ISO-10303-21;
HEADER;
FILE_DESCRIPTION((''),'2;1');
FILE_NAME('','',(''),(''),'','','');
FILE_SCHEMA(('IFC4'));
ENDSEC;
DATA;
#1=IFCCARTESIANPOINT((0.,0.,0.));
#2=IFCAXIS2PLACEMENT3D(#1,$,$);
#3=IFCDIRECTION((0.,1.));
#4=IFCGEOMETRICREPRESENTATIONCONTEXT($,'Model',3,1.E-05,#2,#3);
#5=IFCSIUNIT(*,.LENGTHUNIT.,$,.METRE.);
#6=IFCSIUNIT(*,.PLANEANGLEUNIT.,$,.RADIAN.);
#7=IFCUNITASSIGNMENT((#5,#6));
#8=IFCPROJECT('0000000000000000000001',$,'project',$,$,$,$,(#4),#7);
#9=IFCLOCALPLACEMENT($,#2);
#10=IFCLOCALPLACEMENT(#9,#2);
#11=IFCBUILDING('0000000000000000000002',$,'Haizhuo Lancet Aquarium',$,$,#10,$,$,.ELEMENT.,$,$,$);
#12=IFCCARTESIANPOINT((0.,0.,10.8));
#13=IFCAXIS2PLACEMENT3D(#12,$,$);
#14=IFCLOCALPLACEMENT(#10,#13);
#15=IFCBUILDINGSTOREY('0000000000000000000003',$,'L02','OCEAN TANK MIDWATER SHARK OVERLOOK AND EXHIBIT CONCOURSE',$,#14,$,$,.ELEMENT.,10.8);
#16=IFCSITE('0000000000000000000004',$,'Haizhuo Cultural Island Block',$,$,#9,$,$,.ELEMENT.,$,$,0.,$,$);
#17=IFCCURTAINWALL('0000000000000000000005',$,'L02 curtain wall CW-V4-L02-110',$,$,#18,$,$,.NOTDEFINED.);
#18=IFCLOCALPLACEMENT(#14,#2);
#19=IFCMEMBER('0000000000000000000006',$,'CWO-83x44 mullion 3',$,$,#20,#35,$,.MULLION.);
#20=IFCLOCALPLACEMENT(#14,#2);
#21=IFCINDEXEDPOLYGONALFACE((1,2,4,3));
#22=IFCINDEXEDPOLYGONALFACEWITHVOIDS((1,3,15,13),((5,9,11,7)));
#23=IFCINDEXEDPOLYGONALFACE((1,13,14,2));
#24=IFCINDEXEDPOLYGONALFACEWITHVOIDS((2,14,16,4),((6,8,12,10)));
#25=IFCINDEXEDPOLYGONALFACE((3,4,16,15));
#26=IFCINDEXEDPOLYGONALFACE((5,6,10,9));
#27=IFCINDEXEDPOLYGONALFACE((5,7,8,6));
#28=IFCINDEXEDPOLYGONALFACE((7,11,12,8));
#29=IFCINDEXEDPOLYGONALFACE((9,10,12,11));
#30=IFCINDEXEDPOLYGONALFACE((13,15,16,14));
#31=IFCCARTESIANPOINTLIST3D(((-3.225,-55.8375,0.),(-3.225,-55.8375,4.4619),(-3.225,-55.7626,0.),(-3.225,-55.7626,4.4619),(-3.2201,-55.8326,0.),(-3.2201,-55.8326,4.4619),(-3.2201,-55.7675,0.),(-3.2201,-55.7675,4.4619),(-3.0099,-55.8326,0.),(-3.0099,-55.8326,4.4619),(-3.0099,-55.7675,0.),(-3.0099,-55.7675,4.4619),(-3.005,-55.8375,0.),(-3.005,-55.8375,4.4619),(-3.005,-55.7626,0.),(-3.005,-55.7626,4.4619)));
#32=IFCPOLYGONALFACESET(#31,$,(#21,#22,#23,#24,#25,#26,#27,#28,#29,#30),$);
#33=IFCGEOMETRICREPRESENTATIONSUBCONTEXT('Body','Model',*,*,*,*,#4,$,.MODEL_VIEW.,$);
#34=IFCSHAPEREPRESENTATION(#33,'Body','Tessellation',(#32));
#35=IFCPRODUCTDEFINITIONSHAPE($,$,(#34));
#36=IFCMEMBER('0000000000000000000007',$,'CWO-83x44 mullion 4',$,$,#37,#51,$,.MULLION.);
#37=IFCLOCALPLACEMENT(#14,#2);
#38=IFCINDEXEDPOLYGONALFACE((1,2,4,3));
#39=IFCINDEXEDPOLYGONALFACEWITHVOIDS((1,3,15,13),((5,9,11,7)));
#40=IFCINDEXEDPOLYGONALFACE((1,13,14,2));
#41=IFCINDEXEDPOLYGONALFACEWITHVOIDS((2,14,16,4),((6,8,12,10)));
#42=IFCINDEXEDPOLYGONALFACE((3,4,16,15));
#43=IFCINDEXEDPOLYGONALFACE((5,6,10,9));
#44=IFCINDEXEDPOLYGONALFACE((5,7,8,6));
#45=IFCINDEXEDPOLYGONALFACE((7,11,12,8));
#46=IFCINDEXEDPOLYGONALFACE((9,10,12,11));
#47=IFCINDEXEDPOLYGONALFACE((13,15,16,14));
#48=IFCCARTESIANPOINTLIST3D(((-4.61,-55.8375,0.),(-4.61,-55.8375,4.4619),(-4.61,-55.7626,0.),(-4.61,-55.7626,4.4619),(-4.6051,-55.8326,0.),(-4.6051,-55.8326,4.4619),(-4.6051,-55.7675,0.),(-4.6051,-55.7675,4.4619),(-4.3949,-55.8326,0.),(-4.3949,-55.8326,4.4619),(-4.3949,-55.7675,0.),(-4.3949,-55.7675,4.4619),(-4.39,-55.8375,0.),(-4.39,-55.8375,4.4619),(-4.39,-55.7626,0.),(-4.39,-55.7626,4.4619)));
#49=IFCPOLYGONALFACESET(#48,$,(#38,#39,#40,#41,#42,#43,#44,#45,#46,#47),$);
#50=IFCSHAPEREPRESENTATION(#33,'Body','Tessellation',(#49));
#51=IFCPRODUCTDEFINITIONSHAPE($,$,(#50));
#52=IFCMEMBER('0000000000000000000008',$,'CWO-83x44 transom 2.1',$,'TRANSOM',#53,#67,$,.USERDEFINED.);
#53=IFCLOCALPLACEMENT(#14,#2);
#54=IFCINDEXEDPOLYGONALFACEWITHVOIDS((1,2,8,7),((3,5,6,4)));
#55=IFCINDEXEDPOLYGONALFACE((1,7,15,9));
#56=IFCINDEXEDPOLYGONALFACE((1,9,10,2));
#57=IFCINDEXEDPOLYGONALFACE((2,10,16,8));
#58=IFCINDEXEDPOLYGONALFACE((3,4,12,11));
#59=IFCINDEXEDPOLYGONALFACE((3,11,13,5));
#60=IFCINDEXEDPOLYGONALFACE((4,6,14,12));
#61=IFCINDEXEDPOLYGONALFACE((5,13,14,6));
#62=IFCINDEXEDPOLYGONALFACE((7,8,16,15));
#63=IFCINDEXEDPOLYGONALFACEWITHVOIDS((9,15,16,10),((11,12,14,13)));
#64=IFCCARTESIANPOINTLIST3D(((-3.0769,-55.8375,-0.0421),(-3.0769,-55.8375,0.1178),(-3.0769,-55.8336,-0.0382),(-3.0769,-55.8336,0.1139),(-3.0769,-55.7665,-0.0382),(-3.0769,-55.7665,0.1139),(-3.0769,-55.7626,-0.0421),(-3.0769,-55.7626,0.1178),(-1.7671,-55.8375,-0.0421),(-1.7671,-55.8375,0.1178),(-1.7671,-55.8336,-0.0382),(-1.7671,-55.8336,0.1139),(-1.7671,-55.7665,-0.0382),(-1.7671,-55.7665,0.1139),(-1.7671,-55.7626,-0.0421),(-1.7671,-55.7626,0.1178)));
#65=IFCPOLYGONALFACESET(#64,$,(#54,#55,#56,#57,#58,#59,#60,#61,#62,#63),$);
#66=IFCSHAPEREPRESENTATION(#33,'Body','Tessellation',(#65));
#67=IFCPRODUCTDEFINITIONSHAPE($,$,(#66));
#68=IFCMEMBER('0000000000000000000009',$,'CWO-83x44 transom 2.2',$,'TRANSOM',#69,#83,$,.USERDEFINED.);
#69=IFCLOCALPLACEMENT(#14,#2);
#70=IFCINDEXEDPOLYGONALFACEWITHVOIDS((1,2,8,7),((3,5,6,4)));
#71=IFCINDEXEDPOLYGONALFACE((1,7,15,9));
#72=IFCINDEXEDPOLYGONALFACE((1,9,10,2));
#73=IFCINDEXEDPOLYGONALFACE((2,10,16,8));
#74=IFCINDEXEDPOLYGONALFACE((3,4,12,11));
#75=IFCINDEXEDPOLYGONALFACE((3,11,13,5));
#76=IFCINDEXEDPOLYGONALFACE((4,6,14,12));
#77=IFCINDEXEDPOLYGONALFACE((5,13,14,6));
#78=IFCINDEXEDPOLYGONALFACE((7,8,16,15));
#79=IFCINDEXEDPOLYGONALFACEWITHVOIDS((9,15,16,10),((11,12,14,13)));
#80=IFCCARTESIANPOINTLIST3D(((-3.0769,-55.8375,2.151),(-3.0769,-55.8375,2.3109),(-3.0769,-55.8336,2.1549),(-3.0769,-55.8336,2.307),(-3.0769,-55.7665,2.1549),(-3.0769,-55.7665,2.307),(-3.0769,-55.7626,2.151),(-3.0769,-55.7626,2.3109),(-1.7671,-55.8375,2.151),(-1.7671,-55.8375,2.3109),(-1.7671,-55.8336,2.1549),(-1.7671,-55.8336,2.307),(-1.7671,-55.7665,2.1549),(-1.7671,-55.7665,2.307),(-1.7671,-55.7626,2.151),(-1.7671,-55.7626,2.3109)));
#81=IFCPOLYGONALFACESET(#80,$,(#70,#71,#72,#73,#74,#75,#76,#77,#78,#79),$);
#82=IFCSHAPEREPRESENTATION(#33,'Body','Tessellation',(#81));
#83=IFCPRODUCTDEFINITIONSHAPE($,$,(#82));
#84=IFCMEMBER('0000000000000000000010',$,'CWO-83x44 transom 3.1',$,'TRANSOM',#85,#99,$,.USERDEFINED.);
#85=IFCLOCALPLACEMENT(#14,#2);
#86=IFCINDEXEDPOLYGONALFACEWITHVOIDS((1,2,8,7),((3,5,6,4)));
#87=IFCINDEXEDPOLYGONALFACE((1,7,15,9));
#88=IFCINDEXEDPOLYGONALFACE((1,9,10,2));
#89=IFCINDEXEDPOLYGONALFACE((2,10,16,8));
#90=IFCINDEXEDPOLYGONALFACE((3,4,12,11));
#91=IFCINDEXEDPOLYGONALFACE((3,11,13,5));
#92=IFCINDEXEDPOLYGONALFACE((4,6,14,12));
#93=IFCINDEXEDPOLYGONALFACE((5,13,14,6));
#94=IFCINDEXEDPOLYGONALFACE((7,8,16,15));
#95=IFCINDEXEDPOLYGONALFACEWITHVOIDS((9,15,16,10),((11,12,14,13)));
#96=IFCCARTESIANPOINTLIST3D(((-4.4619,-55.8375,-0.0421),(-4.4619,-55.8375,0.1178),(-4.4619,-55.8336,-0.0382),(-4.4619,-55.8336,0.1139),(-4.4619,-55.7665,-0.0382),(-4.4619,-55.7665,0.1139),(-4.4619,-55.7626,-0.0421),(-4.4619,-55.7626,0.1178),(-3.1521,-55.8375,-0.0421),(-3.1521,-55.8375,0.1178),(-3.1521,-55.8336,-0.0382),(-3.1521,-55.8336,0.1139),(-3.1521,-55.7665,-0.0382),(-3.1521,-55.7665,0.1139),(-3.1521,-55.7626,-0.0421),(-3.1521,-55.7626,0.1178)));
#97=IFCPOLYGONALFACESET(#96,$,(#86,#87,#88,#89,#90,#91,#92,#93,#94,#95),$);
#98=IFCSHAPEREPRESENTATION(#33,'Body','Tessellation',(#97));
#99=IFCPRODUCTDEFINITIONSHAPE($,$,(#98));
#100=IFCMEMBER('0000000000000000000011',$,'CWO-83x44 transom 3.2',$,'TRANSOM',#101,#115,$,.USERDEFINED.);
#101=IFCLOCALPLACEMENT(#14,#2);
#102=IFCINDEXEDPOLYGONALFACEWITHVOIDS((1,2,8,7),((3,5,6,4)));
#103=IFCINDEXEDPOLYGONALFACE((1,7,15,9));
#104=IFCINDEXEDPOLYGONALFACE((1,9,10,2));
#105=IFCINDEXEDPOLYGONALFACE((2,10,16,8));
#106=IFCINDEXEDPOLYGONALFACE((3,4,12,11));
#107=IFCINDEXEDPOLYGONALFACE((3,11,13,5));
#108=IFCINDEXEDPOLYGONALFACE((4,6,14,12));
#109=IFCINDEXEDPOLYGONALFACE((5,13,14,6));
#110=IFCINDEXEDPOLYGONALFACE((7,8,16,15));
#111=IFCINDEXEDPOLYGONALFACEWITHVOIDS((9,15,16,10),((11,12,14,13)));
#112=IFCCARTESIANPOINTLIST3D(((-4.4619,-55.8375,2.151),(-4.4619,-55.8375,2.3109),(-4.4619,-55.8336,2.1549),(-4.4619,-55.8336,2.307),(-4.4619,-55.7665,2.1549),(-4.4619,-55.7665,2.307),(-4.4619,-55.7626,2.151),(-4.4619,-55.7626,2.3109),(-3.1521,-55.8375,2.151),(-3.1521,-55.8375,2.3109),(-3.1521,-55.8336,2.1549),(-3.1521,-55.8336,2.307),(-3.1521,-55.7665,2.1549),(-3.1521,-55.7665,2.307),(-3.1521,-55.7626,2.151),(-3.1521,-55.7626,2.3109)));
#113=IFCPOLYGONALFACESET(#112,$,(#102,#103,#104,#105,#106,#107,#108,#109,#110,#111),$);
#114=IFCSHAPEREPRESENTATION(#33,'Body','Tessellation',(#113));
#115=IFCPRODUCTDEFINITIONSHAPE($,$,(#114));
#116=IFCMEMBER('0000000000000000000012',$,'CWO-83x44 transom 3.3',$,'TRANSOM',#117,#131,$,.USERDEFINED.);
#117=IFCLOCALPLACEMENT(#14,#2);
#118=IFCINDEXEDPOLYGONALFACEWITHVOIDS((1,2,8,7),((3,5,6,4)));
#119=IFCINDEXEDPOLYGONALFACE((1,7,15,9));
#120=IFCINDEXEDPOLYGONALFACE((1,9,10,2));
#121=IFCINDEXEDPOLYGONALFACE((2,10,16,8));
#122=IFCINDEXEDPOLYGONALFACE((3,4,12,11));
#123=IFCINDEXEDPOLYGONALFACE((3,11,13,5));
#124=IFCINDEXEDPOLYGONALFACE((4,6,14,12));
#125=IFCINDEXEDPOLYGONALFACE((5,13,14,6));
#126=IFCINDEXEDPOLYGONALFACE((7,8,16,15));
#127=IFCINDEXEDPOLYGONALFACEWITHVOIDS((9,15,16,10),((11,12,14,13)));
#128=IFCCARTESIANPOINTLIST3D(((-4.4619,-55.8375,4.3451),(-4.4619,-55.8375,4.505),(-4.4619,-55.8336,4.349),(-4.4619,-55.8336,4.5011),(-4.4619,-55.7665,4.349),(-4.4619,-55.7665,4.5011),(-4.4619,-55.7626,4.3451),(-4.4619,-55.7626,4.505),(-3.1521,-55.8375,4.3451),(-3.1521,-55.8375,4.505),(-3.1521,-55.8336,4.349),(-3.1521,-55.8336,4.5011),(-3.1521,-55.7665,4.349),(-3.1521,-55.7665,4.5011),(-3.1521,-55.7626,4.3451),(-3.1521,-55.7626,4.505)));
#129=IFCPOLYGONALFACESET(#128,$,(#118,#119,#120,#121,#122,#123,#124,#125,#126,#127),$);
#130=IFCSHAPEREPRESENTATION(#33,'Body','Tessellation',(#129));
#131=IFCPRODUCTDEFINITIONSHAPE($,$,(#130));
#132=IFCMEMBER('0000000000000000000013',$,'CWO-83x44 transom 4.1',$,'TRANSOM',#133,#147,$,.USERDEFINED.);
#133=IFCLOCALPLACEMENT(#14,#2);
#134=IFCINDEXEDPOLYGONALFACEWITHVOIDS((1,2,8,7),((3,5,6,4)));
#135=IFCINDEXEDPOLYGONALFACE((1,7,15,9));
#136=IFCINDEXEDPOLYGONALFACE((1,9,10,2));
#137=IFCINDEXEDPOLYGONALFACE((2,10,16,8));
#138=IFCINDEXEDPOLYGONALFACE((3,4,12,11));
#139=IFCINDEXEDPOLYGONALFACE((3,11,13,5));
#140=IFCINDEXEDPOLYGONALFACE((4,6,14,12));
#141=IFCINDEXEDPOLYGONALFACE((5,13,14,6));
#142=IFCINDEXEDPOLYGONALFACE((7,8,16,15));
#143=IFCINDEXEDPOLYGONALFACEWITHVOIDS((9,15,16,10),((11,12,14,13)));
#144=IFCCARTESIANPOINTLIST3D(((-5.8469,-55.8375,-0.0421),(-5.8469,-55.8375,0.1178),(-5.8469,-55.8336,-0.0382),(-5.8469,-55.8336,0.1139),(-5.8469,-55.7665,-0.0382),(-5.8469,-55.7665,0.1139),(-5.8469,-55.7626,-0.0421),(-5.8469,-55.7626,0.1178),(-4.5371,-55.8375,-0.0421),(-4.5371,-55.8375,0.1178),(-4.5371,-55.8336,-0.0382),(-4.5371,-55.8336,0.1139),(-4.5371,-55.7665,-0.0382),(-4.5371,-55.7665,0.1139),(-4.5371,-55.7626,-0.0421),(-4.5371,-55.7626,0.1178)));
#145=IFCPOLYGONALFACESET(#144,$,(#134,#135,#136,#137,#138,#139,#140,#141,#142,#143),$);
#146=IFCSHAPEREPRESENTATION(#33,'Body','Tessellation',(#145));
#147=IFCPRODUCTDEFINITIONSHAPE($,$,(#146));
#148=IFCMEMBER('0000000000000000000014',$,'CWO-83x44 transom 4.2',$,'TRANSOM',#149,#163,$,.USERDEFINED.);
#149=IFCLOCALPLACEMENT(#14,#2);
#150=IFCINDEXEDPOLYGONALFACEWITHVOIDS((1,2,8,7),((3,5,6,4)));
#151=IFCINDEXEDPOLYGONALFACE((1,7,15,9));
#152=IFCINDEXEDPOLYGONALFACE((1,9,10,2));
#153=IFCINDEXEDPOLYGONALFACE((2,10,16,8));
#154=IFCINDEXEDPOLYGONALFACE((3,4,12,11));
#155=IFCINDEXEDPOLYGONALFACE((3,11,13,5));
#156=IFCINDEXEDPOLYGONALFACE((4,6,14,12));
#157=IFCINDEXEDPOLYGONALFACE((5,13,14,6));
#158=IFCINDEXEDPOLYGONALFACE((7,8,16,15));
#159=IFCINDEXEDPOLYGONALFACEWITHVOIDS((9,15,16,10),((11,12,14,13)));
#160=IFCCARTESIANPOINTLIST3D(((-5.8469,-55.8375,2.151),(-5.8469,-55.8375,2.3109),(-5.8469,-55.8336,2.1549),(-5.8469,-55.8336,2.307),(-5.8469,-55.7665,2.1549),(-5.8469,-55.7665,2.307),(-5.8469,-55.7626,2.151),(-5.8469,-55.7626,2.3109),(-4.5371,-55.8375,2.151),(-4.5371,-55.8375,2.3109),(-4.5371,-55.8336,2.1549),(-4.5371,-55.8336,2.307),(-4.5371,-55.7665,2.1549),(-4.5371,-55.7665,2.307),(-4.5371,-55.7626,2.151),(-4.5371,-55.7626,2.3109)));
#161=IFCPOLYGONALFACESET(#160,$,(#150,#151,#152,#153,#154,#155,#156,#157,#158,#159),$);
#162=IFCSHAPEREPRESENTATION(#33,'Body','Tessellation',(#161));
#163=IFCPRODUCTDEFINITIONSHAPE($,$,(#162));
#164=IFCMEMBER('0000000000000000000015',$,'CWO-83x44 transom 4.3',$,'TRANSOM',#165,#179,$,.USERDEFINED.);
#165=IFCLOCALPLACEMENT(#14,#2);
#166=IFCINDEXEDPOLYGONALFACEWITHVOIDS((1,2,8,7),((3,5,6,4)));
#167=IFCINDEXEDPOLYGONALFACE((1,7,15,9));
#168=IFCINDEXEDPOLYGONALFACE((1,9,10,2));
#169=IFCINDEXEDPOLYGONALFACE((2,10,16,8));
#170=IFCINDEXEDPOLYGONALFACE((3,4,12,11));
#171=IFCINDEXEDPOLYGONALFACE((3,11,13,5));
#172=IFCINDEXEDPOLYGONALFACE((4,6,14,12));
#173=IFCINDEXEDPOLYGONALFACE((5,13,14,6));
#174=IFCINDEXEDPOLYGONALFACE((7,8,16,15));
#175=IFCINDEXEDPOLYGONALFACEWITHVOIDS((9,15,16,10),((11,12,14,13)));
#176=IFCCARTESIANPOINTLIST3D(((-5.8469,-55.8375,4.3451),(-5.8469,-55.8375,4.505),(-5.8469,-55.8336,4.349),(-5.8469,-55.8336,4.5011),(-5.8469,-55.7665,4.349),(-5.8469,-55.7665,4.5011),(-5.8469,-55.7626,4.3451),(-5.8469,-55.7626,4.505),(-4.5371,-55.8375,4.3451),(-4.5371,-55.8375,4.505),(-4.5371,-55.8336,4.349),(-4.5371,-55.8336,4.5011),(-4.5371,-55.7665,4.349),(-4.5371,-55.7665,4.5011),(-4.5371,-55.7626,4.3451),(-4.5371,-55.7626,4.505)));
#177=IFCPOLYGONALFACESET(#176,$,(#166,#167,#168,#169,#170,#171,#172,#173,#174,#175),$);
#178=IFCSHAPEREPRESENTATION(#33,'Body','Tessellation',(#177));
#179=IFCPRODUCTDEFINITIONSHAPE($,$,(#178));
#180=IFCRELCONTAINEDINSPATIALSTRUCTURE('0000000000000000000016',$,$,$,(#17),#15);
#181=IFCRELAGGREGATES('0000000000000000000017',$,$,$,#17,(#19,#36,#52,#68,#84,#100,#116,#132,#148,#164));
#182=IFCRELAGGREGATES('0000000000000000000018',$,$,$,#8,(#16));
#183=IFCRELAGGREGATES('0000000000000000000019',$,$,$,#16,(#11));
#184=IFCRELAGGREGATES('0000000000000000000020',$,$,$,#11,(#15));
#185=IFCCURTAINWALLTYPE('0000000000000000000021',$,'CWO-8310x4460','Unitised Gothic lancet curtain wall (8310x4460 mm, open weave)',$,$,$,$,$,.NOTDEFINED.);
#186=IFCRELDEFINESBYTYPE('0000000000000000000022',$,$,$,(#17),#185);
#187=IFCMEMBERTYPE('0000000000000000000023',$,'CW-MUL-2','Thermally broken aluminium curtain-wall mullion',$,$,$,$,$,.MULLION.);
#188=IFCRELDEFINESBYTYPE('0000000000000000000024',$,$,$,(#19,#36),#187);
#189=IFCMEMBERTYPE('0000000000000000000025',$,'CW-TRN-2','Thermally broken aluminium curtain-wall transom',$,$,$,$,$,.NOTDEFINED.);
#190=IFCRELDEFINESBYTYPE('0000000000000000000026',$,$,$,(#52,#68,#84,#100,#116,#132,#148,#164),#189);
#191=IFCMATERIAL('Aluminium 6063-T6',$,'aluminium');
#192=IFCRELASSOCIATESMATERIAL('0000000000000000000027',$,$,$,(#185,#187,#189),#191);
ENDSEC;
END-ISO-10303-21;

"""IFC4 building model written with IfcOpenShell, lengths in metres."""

from ifc_helpers import new_model, si_unit, direction, frame, origin, origin_2d, place, context, subcontext, project, spatial, hollow_rectangle, extrude, material, material_profile, profile_set, type_object, element, aggregate, save


model = new_model("IFC4")

# Units and contexts
model_context = context("Model", 3, precision=1e-05, world=origin(), true_north=direction((0.0, 1.0)))
body_context = subcontext(model_context, "Body", "Model", "MODEL_VIEW")
ifc_project = project(units=[si_unit("LENGTHUNIT", "METRE"), si_unit("PLANEANGLEUNIT", "RADIAN")], contexts=[model_context])

# Site, building, storey
site_placement = place(None, origin())
site = spatial("IfcSite", under=ifc_project, at=site_placement, Name="Haizhuo Cultural Island Block", CompositionType="ELEMENT", RefElevation=0.0)
building_placement = place(site_placement, origin())
building = spatial("IfcBuilding", under=site, at=building_placement, Name="Haizhuo Lancet Aquarium", CompositionType="ELEMENT")
storey_placement = place(building_placement, frame((0.0, 0.0, 10.8)))
storey = spatial("IfcBuildingStorey", under=building, at=storey_placement, Name="L02", Description="OCEAN TANK MIDWATER SHARK OVERLOOK AND EXHIBIT CONCOURSE", CompositionType="ELEMENT", Elevation=10.8)

# Curtain wall, members
ifc_material_1 = material(Name="Aluminium 6063-T6", Category="aluminium")
curtain_wall_type = type_object("IfcCurtainWallType", Name="CWO-8310x4460", Description="Unitised Gothic lancet curtain wall (8310x4460 mm, open weave)", PredefinedType="NOTDEFINED", material=ifc_material_1)
curtain_wall_placement = place(storey_placement, origin())
curtain_wall = element("IfcCurtainWall", 1, at=curtain_wall_placement, inside=storey, type_object=curtain_wall_type, Name="L02 curtain wall CW-V4-L02-110", PredefinedType="NOTDEFINED")
ifc_material_profile_1 = material_profile(ifc_material_1, hollow_rectangle(XDim=0.075, YDim=0.22, WallThickness=0.0049, at=origin_2d()), Name="ALU-M 75x220x5")
ifc_profile_set_1 = profile_set([ifc_material_profile_1], Name="Aluminium 6063-T6")
member_type_1 = type_object("IfcMemberType", Name="CW-MUL-2", Description="Thermally broken aluminium curtain-wall mullion", PredefinedType="MULLION", material=ifc_profile_set_1)
member_1_placement = place(storey_placement, frame((-3.115, -55.8, 0.0), z_axis=(0.0, 0.0, 1.0), x_axis=(0.0, -1.0, 0.0)))
member_1 = element("IfcMember", 2, at=member_1_placement, type_object=member_type_1, Name="CWO-83x44 mullion 3", PredefinedType="MULLION", context=body_context, shape_type="SweptSolid", body=[
    extrude(hollow_rectangle(XDim=0.075, YDim=0.22, WallThickness=0.0049, at=origin_2d()), origin(), (0.0, 0.0, 1.0), 4.4619),
])
member_2_placement = place(storey_placement, frame((-4.5, -55.8, 0.0), z_axis=(0.0, 0.0, 1.0), x_axis=(0.0, -1.0, 0.0)))
member_2 = element("IfcMember", 3, at=member_2_placement, type_object=member_type_1, Name="CWO-83x44 mullion 4", PredefinedType="MULLION", context=body_context, shape_type="SweptSolid", body=[
    extrude(hollow_rectangle(XDim=0.075, YDim=0.22, WallThickness=0.0049, at=origin_2d()), origin(), (0.0, 0.0, 1.0), 4.4619),
])
ifc_material_profile_2 = material_profile(ifc_material_1, hollow_rectangle(XDim=0.075, YDim=0.1599, WallThickness=0.0039, at=origin_2d()), Name="ALU-T 75x160x4")
ifc_profile_set_2 = profile_set([ifc_material_profile_2], Name="Aluminium 6063-T6")
member_type_2 = type_object("IfcMemberType", Name="CW-TRN-2", Description="Thermally broken aluminium curtain-wall transom", PredefinedType="NOTDEFINED", material=ifc_profile_set_2)
member_3_placement = place(storey_placement, frame((-1.7671, -55.8, 0.0378), z_axis=(-1.0, 0.0, 0.0), x_axis=(0.0, -1.0, 0.0)))
member_3 = element("IfcMember", 4, at=member_3_placement, type_object=member_type_2, Name="CWO-83x44 transom 2.1", ObjectType="TRANSOM", PredefinedType="USERDEFINED", context=body_context, shape_type="SweptSolid", body=[
    extrude(hollow_rectangle(XDim=0.075, YDim=0.1599, WallThickness=0.0039, at=origin_2d()), origin(), (0.0, 0.0, 1.0), 1.3098),
])
member_4_placement = place(storey_placement, frame((-1.7671, -55.8, 2.231), z_axis=(-1.0, 0.0, 0.0), x_axis=(0.0, -1.0, 0.0)))
member_4 = element("IfcMember", 5, at=member_4_placement, type_object=member_type_2, Name="CWO-83x44 transom 2.2", ObjectType="TRANSOM", PredefinedType="USERDEFINED", context=body_context, shape_type="SweptSolid", body=[
    extrude(hollow_rectangle(XDim=0.075, YDim=0.1599, WallThickness=0.0039, at=origin_2d()), origin(), (0.0, 0.0, 1.0), 1.3098),
])
member_5_placement = place(storey_placement, frame((-3.1521, -55.8, 0.0378), z_axis=(-1.0, 0.0, 0.0), x_axis=(0.0, -1.0, 0.0)))
member_5 = element("IfcMember", 6, at=member_5_placement, type_object=member_type_2, Name="CWO-83x44 transom 3.1", ObjectType="TRANSOM", PredefinedType="USERDEFINED", context=body_context, shape_type="SweptSolid", body=[
    extrude(hollow_rectangle(XDim=0.075, YDim=0.1599, WallThickness=0.0039, at=origin_2d()), origin(), (0.0, 0.0, 1.0), 1.3098),
])
member_6_placement = place(storey_placement, frame((-3.1521, -55.8, 2.231), z_axis=(-1.0, 0.0, 0.0), x_axis=(0.0, -1.0, 0.0)))
member_6 = element("IfcMember", 7, at=member_6_placement, type_object=member_type_2, Name="CWO-83x44 transom 3.2", ObjectType="TRANSOM", PredefinedType="USERDEFINED", context=body_context, shape_type="SweptSolid", body=[
    extrude(hollow_rectangle(XDim=0.075, YDim=0.1599, WallThickness=0.0039, at=origin_2d()), origin(), (0.0, 0.0, 1.0), 1.3098),
])
member_7_placement = place(storey_placement, frame((-3.1521, -55.8, 4.425), z_axis=(-1.0, 0.0, 0.0), x_axis=(0.0, -1.0, 0.0)))
member_7 = element("IfcMember", 8, at=member_7_placement, type_object=member_type_2, Name="CWO-83x44 transom 3.3", ObjectType="TRANSOM", PredefinedType="USERDEFINED", context=body_context, shape_type="SweptSolid", body=[
    extrude(hollow_rectangle(XDim=0.075, YDim=0.1599, WallThickness=0.0039, at=origin_2d()), origin(), (0.0, 0.0, 1.0), 1.3098),
])
member_8_placement = place(storey_placement, frame((-4.5371, -55.8, 0.0378), z_axis=(-1.0, 0.0, 0.0), x_axis=(0.0, -1.0, 0.0)))
member_8 = element("IfcMember", 9, at=member_8_placement, type_object=member_type_2, Name="CWO-83x44 transom 4.1", ObjectType="TRANSOM", PredefinedType="USERDEFINED", context=body_context, shape_type="SweptSolid", body=[
    extrude(hollow_rectangle(XDim=0.075, YDim=0.1599, WallThickness=0.0039, at=origin_2d()), origin(), (0.0, 0.0, 1.0), 1.3098),
])
member_9_placement = place(storey_placement, frame((-4.5371, -55.8, 2.231), z_axis=(-1.0, 0.0, 0.0), x_axis=(0.0, -1.0, 0.0)))
member_9 = element("IfcMember", 10, at=member_9_placement, type_object=member_type_2, Name="CWO-83x44 transom 4.2", ObjectType="TRANSOM", PredefinedType="USERDEFINED", context=body_context, shape_type="SweptSolid", body=[
    extrude(hollow_rectangle(XDim=0.075, YDim=0.1599, WallThickness=0.0039, at=origin_2d()), origin(), (0.0, 0.0, 1.0), 1.3098),
])
member_10_placement = place(storey_placement, frame((-4.5371, -55.8, 4.425), z_axis=(-1.0, 0.0, 0.0), x_axis=(0.0, -1.0, 0.0)))
member_10 = element("IfcMember", 11, at=member_10_placement, type_object=member_type_2, Name="CWO-83x44 transom 4.3", ObjectType="TRANSOM", PredefinedType="USERDEFINED", context=body_context, shape_type="SweptSolid", body=[
    extrude(hollow_rectangle(XDim=0.075, YDim=0.1599, WallThickness=0.0039, at=origin_2d()), origin(), (0.0, 0.0, 1.0), 1.3098),
])

aggregate(curtain_wall, [member_1, member_2, member_3, member_4, member_5, member_6, member_7, member_8, member_9, member_10])

save(model, "model.ifc")
